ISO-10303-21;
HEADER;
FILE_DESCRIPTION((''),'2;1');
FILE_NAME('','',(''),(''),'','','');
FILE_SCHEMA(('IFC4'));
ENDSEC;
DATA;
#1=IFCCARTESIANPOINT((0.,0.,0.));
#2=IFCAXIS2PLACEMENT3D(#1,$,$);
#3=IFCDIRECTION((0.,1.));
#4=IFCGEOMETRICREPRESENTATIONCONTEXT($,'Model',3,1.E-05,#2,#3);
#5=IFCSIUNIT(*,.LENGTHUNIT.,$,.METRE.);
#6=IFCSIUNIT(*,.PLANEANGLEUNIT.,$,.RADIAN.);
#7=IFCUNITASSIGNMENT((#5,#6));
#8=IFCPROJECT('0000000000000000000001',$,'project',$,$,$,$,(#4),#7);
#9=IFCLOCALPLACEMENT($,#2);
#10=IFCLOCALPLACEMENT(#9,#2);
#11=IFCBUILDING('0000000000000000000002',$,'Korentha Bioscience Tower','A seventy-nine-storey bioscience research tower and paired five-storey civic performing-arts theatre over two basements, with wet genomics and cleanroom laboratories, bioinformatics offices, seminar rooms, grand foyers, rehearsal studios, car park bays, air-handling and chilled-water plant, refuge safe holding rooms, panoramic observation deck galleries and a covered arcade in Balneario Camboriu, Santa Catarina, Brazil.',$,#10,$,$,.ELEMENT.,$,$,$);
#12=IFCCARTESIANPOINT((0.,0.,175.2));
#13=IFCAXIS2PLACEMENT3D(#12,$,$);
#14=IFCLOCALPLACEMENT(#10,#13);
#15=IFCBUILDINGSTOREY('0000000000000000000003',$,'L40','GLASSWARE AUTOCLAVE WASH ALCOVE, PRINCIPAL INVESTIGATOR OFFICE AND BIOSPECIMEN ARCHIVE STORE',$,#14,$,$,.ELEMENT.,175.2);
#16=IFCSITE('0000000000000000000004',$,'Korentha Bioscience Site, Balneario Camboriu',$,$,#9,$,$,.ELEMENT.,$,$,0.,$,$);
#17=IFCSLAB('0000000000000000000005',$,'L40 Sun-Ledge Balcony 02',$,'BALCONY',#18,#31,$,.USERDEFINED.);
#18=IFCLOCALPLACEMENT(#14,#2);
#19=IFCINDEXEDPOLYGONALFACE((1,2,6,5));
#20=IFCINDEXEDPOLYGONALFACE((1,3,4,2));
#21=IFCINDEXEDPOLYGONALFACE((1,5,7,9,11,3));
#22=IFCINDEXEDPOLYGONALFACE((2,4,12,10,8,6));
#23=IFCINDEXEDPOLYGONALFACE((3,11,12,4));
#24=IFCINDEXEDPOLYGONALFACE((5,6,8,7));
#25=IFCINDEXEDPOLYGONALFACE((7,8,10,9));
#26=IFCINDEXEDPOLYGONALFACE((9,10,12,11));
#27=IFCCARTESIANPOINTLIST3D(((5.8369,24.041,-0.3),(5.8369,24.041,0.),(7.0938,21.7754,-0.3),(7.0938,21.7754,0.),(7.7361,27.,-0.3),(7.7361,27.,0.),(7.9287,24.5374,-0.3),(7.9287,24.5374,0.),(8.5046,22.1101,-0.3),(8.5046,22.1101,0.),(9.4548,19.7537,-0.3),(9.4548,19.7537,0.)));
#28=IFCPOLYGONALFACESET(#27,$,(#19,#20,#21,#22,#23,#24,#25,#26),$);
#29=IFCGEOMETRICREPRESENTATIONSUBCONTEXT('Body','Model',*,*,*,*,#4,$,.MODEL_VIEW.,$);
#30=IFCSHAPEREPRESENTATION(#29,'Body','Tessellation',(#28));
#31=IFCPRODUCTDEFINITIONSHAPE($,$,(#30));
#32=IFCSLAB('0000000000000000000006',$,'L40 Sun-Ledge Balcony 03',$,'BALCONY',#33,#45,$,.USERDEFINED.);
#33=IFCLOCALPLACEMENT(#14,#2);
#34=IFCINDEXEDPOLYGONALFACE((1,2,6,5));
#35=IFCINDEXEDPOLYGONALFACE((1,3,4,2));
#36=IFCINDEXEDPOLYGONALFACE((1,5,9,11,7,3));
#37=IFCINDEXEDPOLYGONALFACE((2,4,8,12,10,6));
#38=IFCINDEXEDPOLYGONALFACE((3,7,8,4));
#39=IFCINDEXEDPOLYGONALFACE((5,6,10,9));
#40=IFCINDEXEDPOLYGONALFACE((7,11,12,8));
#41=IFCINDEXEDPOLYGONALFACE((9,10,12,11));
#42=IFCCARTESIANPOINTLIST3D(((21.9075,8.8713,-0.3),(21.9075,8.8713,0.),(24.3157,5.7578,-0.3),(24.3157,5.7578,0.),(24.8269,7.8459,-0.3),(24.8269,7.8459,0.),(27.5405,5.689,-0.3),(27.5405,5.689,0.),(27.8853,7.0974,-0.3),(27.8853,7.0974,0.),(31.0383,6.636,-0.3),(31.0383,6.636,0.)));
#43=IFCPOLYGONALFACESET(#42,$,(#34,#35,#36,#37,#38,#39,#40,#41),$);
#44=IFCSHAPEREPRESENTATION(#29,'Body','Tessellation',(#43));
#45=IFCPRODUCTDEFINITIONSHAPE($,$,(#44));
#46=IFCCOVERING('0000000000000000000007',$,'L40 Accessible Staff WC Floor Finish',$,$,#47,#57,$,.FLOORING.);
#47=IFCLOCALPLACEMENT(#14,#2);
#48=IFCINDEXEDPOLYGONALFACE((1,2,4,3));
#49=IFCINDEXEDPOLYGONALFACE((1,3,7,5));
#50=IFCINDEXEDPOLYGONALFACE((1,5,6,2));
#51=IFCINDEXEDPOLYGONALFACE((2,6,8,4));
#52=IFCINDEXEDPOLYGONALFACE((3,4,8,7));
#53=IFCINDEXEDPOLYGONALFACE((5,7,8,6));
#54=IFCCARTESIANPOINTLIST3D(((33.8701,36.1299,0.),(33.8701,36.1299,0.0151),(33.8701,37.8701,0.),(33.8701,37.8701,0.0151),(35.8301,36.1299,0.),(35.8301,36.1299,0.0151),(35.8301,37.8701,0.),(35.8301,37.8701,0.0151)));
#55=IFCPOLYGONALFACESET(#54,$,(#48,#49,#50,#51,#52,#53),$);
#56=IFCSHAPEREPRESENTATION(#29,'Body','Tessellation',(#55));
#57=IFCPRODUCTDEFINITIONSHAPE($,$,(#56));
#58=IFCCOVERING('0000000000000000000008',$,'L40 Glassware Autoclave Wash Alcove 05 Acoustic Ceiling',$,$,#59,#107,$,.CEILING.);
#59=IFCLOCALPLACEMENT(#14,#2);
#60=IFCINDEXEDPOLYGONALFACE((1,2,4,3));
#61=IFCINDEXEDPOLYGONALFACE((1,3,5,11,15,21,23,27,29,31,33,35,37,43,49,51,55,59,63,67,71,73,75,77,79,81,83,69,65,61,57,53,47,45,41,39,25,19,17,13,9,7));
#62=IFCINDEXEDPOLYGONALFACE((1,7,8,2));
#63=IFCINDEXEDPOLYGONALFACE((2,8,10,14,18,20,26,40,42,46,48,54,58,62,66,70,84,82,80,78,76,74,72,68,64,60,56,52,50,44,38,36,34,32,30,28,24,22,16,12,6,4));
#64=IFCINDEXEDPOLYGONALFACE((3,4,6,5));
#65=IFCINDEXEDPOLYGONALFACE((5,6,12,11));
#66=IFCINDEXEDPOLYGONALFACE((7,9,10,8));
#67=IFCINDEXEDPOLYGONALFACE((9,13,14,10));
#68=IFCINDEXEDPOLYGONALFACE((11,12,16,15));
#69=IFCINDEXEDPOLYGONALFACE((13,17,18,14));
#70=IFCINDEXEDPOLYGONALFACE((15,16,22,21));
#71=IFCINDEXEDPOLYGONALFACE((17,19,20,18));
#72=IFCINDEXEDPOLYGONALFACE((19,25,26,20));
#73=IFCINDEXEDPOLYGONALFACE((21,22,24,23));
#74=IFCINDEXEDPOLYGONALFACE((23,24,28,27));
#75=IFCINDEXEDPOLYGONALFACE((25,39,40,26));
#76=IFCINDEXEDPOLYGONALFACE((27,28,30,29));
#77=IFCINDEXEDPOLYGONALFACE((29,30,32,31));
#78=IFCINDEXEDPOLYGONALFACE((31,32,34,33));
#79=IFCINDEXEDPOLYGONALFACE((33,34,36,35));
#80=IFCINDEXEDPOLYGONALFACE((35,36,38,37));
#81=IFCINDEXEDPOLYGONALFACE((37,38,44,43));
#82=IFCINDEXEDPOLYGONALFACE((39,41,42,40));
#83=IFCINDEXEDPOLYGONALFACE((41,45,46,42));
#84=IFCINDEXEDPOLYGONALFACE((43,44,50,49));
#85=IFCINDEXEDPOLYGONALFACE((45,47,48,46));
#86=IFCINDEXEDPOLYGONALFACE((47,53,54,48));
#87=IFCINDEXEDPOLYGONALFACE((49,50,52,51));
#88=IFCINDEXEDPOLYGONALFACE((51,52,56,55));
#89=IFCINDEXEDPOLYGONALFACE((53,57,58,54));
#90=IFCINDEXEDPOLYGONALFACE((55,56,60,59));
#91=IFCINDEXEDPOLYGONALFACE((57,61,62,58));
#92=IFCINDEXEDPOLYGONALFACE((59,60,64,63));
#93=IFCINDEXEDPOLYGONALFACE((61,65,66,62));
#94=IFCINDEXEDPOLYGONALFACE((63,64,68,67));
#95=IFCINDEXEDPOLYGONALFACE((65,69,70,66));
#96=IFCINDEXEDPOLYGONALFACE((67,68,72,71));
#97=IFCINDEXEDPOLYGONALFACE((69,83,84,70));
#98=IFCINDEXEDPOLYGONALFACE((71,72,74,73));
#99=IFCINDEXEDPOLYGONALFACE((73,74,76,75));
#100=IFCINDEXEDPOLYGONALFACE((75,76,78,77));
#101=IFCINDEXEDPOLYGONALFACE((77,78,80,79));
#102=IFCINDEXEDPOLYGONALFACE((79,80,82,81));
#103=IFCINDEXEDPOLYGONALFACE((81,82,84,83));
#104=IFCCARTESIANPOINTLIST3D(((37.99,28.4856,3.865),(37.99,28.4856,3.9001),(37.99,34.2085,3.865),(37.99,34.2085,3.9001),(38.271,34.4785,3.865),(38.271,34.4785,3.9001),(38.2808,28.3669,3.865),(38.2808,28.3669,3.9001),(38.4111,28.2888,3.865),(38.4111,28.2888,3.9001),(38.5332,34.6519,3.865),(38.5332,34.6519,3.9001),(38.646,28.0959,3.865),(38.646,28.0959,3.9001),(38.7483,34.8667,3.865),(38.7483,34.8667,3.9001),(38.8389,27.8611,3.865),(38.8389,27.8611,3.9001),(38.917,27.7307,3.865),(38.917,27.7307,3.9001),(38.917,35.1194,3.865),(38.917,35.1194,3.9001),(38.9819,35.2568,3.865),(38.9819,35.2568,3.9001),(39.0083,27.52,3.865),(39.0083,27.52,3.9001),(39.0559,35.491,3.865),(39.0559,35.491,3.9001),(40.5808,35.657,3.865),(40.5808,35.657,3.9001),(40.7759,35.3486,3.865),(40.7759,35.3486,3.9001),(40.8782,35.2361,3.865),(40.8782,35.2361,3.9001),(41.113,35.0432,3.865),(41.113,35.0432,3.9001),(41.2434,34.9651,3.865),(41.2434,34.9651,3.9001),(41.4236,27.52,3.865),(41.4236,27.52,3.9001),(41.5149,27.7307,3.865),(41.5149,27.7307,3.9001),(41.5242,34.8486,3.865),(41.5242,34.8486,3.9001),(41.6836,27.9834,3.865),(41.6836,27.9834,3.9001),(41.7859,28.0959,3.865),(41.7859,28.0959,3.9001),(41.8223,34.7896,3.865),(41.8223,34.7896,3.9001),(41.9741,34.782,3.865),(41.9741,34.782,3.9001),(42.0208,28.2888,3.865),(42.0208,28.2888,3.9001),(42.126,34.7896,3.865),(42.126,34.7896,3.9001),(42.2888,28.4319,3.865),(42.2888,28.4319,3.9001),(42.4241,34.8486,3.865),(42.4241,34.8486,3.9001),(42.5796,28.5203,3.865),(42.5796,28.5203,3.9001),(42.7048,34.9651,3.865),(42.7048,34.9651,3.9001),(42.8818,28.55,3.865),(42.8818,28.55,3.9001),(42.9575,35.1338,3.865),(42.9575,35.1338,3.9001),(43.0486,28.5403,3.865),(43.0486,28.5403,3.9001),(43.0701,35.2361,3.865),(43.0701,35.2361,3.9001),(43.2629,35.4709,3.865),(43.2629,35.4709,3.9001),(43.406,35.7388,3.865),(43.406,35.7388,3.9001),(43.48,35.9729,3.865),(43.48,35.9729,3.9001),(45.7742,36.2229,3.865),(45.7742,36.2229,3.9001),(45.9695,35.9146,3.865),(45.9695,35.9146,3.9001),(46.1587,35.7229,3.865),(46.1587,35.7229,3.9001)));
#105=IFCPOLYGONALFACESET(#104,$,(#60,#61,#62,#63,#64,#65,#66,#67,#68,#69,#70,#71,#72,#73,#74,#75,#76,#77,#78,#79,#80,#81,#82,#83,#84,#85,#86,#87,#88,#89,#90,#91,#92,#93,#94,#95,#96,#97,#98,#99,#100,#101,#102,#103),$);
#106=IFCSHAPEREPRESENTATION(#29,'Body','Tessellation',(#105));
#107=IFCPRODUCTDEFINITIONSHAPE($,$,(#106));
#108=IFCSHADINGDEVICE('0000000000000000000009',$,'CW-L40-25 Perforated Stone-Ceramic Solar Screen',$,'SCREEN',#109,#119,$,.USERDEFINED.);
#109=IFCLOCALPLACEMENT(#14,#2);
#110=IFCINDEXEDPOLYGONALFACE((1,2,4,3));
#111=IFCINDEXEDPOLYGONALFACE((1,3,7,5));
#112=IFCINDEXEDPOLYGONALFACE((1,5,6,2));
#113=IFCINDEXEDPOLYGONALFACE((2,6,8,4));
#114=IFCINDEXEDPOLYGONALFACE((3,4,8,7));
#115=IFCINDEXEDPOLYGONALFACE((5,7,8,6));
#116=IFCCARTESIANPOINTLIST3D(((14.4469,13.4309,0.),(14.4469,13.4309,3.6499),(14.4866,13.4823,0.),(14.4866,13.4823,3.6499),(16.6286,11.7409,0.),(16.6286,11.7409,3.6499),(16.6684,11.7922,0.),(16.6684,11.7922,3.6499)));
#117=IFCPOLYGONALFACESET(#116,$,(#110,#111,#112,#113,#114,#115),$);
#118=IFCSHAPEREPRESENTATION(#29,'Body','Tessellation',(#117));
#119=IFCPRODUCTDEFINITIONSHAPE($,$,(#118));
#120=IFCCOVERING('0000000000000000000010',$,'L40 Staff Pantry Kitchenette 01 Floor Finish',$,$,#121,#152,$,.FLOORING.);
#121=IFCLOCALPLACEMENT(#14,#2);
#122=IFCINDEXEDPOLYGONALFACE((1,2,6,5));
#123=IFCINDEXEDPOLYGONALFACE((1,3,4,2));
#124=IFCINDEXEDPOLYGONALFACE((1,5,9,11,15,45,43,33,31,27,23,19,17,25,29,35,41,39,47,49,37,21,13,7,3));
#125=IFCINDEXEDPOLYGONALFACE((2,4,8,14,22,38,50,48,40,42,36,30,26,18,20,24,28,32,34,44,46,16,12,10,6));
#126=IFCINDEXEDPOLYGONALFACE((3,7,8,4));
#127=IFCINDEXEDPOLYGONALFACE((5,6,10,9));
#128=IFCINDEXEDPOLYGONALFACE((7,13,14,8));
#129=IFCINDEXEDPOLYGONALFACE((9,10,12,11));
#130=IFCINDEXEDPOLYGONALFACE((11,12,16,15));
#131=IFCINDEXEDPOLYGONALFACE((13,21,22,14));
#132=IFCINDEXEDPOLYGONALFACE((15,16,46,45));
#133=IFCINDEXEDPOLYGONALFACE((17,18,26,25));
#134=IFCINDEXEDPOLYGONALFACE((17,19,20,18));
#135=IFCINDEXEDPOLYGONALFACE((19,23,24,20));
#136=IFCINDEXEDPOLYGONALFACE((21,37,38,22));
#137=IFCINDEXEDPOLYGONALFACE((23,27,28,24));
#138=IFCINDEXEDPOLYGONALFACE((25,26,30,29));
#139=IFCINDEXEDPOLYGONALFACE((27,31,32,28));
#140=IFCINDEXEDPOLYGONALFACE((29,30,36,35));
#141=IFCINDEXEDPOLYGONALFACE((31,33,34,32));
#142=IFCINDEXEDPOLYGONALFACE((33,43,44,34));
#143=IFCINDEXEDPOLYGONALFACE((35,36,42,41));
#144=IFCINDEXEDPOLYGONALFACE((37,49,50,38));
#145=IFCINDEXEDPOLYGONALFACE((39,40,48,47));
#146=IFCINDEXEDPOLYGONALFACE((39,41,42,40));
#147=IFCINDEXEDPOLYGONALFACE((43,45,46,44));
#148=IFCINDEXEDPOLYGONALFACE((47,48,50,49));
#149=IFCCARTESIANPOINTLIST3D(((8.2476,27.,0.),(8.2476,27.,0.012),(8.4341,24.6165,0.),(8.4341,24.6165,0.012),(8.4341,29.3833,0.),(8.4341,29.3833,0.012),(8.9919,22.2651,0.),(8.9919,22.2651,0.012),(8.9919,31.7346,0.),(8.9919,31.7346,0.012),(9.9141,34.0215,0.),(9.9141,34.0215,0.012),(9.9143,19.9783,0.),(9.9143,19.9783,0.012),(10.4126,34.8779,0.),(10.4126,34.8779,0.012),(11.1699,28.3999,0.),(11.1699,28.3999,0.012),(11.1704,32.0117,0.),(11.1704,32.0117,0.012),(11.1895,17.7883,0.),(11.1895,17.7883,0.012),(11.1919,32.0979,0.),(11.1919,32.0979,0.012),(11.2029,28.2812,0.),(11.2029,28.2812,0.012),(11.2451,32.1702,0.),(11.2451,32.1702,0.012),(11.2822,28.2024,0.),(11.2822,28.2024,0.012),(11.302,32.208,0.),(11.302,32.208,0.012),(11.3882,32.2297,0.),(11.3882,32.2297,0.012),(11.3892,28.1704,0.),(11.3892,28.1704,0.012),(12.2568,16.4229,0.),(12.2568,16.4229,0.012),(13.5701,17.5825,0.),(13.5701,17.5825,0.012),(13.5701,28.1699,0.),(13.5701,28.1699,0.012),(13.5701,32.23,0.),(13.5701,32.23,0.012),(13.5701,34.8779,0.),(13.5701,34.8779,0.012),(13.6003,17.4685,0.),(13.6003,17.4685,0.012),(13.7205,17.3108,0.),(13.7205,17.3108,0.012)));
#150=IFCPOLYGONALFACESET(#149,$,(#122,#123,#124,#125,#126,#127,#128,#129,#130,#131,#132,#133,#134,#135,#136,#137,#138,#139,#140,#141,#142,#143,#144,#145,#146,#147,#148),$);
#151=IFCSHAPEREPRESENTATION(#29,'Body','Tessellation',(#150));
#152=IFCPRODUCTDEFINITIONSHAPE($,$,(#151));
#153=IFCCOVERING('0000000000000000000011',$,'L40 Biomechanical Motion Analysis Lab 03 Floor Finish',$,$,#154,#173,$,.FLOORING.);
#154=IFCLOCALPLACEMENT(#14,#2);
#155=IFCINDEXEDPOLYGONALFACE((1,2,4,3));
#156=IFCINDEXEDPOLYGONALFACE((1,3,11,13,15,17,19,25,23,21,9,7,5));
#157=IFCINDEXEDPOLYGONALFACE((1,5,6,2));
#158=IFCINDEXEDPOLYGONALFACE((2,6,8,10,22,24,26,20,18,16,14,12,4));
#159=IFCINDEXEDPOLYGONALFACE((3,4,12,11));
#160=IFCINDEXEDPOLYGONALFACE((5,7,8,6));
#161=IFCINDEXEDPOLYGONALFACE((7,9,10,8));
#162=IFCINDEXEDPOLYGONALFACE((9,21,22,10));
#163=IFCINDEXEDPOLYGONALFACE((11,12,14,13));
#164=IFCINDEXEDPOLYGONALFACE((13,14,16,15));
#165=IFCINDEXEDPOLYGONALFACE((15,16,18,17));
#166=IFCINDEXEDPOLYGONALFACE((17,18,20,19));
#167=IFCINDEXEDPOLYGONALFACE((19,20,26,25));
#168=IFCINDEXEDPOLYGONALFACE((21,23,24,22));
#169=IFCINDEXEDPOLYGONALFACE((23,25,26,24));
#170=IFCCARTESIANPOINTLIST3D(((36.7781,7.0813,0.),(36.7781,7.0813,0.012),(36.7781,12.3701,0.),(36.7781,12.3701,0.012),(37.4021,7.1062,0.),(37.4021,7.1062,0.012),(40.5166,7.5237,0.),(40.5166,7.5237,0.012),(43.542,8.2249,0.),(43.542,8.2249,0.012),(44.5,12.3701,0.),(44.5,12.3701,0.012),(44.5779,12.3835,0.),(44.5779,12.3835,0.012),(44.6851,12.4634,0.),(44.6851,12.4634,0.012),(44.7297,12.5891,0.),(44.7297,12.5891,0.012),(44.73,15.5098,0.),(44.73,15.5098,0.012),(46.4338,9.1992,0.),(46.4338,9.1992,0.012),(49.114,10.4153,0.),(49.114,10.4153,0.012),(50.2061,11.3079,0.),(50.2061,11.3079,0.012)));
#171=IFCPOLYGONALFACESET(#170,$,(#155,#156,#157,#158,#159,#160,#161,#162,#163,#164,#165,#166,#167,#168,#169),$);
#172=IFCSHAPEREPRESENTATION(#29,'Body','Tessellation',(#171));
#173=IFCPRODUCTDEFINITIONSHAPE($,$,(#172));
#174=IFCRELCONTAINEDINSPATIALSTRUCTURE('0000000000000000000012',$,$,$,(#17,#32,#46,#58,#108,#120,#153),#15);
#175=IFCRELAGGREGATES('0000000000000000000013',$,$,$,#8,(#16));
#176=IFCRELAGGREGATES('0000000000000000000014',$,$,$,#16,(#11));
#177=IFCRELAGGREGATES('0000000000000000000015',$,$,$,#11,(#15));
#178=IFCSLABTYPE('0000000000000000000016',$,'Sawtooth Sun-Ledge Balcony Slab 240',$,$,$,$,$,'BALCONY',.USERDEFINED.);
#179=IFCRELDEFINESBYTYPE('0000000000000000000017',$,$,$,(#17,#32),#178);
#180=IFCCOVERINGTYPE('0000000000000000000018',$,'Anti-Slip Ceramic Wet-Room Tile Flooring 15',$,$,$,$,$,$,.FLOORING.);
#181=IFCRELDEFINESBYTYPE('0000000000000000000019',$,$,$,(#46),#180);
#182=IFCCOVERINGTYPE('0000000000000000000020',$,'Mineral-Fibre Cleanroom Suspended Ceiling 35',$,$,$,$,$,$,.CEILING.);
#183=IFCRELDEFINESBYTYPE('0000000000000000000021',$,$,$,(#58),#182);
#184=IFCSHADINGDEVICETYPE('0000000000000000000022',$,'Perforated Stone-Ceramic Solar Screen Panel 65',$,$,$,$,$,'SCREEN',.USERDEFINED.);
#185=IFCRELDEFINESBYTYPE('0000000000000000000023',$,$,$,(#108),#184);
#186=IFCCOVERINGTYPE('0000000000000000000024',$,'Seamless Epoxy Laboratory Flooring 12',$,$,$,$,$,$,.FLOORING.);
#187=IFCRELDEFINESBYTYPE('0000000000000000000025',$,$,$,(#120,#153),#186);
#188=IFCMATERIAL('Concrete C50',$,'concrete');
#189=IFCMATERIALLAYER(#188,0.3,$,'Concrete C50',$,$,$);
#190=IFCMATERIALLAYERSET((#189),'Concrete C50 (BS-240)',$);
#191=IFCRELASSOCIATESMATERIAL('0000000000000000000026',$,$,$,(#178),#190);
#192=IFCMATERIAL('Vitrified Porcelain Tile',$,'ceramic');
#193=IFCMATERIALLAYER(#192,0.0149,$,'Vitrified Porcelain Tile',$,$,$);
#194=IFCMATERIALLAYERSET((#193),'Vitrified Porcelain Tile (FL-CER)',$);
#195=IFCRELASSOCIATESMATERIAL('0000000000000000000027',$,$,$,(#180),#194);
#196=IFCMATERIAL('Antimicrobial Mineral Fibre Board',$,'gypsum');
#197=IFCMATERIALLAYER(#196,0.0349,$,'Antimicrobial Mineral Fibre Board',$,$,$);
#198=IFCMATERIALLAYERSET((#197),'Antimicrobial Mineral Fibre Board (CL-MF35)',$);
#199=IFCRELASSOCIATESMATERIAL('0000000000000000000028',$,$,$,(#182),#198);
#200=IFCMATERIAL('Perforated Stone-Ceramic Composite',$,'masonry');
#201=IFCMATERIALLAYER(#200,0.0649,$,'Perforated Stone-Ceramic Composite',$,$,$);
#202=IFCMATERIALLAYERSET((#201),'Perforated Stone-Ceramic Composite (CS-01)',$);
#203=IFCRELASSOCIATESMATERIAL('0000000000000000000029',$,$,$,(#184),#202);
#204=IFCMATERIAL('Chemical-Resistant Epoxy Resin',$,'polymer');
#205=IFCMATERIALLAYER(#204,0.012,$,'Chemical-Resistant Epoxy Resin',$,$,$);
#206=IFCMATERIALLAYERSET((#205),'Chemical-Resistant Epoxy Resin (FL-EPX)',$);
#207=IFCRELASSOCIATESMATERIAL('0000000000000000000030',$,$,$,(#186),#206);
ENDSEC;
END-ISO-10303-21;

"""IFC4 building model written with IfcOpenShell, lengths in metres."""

from ifc_helpers import new_model, si_unit, direction, frame, origin, origin_2d, place, context, subcontext, project, spatial, polyline, rectangle, outline, extrude, material, layer, layer_set, type_object, element, save


model = new_model("IFC4")

# Units and contexts
model_context = context("Model", 3, precision=1e-05, world=origin(), true_north=direction((0.0, 1.0)))
body_context = subcontext(model_context, "Body", "Model", "MODEL_VIEW")
ifc_project = project(units=[si_unit("LENGTHUNIT", "METRE"), si_unit("PLANEANGLEUNIT", "RADIAN")], contexts=[model_context])

# Site, building, storey
site_placement = place(None, origin())
site = spatial("IfcSite", under=ifc_project, at=site_placement, Name="Korentha Bioscience Site, Balneario Camboriu", CompositionType="ELEMENT", RefElevation=0.0)
building_placement = place(site_placement, origin())
building = spatial("IfcBuilding", under=site, at=building_placement, Name="Korentha Bioscience Tower", Description="A seventy-nine-storey bioscience research tower and paired five-storey civic performing-arts theatre over two basements, with wet genomics and cleanroom laboratories, bioinformatics offices, seminar rooms, grand foyers, rehearsal studios, car park bays, air-handling and chilled-water plant, refuge safe holding rooms, panoramic observation deck galleries and a covered arcade in Balneario Camboriu, Santa Catarina, Brazil.", CompositionType="ELEMENT")
storey_placement = place(building_placement, frame((0.0, 0.0, 175.2)))
storey = spatial("IfcBuildingStorey", under=building, at=storey_placement, Name="L40", Description="GLASSWARE AUTOCLAVE WASH ALCOVE, PRINCIPAL INVESTIGATOR OFFICE AND BIOSPECIMEN ARCHIVE STORE", CompositionType="ELEMENT", Elevation=175.2)

# Shared definitions
ifc_material_1 = material(Name="Concrete C50", Category="concrete")

# Slabs
ifc_layer_1 = layer(ifc_material_1, 0.3, Name="Concrete C50")
ifc_layer_set_1 = layer_set([ifc_layer_1], Name="Concrete C50 (BS-240)")
slab_type_1 = type_object("IfcSlabType", Name="Sawtooth Sun-Ledge Balcony Slab 240", ElementType="BALCONY", PredefinedType="USERDEFINED", material=ifc_layer_set_1)
slab_1_placement = place(storey_placement, frame((0.0, 0.0, -0.3)))
element("IfcSlab", 1, at=slab_1_placement, inside=storey, type_object=slab_type_1, Name="L40 Sun-Ledge Balcony 02", ObjectType="BALCONY", PredefinedType="USERDEFINED", context=body_context, shape_type="SweptSolid", body=[
    extrude(outline(polyline([(9.4548, 19.7537), (8.5046, 22.1101), (7.9287, 24.5374), (7.7361, 27.0), (5.8369, 24.041), (7.0938, 21.7754), (9.4548, 19.7537)])), origin(), (0.0, 0.0, 1.0), 0.3),
])
slab_2_placement = place(storey_placement, frame((0.0, 0.0, -0.3)))
element("IfcSlab", 2, at=slab_2_placement, inside=storey, type_object=slab_type_1, Name="L40 Sun-Ledge Balcony 03", ObjectType="BALCONY", PredefinedType="USERDEFINED", context=body_context, shape_type="SweptSolid", body=[
    extrude(outline(polyline([(31.0383, 6.636), (27.8853, 7.0974), (24.8269, 7.8459), (21.9075, 8.8713), (24.3157, 5.7578), (27.5405, 5.689), (31.0383, 6.636)])), origin(), (0.0, 0.0, 1.0), 0.3),
])

# Coverings
ifc_material_2 = material(Name="Vitrified Porcelain Tile", Category="ceramic")
ifc_layer_2 = layer(ifc_material_2, 0.0149, Name="Vitrified Porcelain Tile")
ifc_layer_set_2 = layer_set([ifc_layer_2], Name="Vitrified Porcelain Tile (FL-CER)")
covering_type_1 = type_object("IfcCoveringType", Name="Anti-Slip Ceramic Wet-Room Tile Flooring 15", PredefinedType="FLOORING", material=ifc_layer_set_2)
covering_1_placement = place(storey_placement, origin())
element("IfcCovering", 3, at=covering_1_placement, inside=storey, type_object=covering_type_1, Name="L40 Accessible Staff WC Floor Finish", PredefinedType="FLOORING", context=body_context, shape_type="SweptSolid", body=[
    extrude(outline(polyline([(33.8701, 36.1299), (33.8701, 37.8701), (35.8301, 37.8701), (35.8301, 36.1299), (33.8701, 36.1299)])), origin(), (0.0, 0.0, 1.0), 0.0151),
])
ifc_material_3 = material(Name="Antimicrobial Mineral Fibre Board", Category="gypsum")
ifc_layer_3 = layer(ifc_material_3, 0.0349, Name="Antimicrobial Mineral Fibre Board")
ifc_layer_set_3 = layer_set([ifc_layer_3], Name="Antimicrobial Mineral Fibre Board (CL-MF35)")
covering_type_2 = type_object("IfcCoveringType", Name="Mineral-Fibre Cleanroom Suspended Ceiling 35", PredefinedType="CEILING", material=ifc_layer_set_3)
covering_2_placement = place(storey_placement, frame((0.0, 0.0, 3.865)))
element("IfcCovering", 4, at=covering_2_placement, inside=storey, type_object=covering_type_2, Name="L40 Glassware Autoclave Wash Alcove 05 Acoustic Ceiling", PredefinedType="CEILING", context=body_context, shape_type="SweptSolid", body=[
    extrude(outline(polyline([(40.5808, 35.657), (40.7759, 35.3486), (40.8782, 35.2361), (41.113, 35.0432), (41.2434, 34.9651), (41.5242, 34.8486), (41.8223, 34.7896), (41.9741, 34.782), (42.126, 34.7896), (42.4241, 34.8486), (42.7048, 34.9651), (42.9575, 35.1338), (43.0701, 35.2361), (43.2629, 35.4709), (43.406, 35.7388), (43.48, 35.9729), (45.7742, 36.2229), (45.9695, 35.9146), (46.1587, 35.7229), (43.0486, 28.5403), (42.8818, 28.55), (42.5796, 28.5203), (42.2888, 28.4319), (42.0208, 28.2888), (41.7859, 28.0959), (41.6836, 27.9834), (41.5149, 27.7307), (41.4236, 27.52), (39.0083, 27.52), (38.917, 27.7307), (38.8389, 27.8611), (38.646, 28.0959), (38.4111, 28.2888), (38.2808, 28.3669), (37.99, 28.4856), (37.99, 34.2085), (38.271, 34.4785), (38.5332, 34.6519), (38.7483, 34.8667), (38.917, 35.1194), (38.9819, 35.2568), (39.0559, 35.491), (40.5808, 35.657)])), origin(), (0.0, 0.0, 1.0), 0.0352),
])

# Shading device
ifc_material_4 = material(Name="Perforated Stone-Ceramic Composite", Category="masonry")
ifc_layer_4 = layer(ifc_material_4, 0.0649, Name="Perforated Stone-Ceramic Composite")
ifc_layer_set_4 = layer_set([ifc_layer_4], Name="Perforated Stone-Ceramic Composite (CS-01)")
shading_device_type_1 = type_object("IfcShadingDeviceType", Name="Perforated Stone-Ceramic Solar Screen Panel 65", ElementType="SCREEN", PredefinedType="USERDEFINED", material=ifc_layer_set_4)
shading_device_1_placement = place(storey_placement, frame((15.5576, 12.6116, 0.0), z_axis=(0.0, 0.0, 1.0), x_axis=(0.790547, -0.612402, 0.0)))
element("IfcShadingDevice", 5, at=shading_device_1_placement, inside=storey, type_object=shading_device_type_1, Name="CW-L40-25 Perforated Stone-Ceramic Solar Screen", ObjectType="SCREEN", PredefinedType="USERDEFINED", context=body_context, shape_type="SweptSolid", body=[
    extrude(rectangle(XDim=2.7598, YDim=0.0649, at=origin_2d()), origin(), (0.0, 0.0, 1.0), 3.6499),
])

# Coverings
ifc_material_5 = material(Name="Chemical-Resistant Epoxy Resin", Category="polymer")
ifc_layer_5 = layer(ifc_material_5, 0.012, Name="Chemical-Resistant Epoxy Resin")
ifc_layer_set_5 = layer_set([ifc_layer_5], Name="Chemical-Resistant Epoxy Resin (FL-EPX)")
covering_type_3 = type_object("IfcCoveringType", Name="Seamless Epoxy Laboratory Flooring 12", PredefinedType="FLOORING", material=ifc_layer_set_5)
covering_3_placement = place(storey_placement, origin())
element("IfcCovering", 6, at=covering_3_placement, inside=storey, type_object=covering_type_3, Name="L40 Staff Pantry Kitchenette 01 Floor Finish", PredefinedType="FLOORING", context=body_context, shape_type="SweptSolid", body=[
    extrude(outline(polyline([(8.4341, 29.3833), (8.9919, 31.7346), (9.9141, 34.0215), (10.4126, 34.8779), (13.5701, 34.8779), (13.5701, 32.23), (11.3882, 32.2297), (11.302, 32.208), (11.2451, 32.1702), (11.1919, 32.0979), (11.1704, 32.0117), (11.1699, 28.3999), (11.2029, 28.2812), (11.2822, 28.2024), (11.3892, 28.1704), (13.5701, 28.1699), (13.5701, 17.5825), (13.6003, 17.4685), (13.7205, 17.3108), (12.2568, 16.4229), (11.1895, 17.7883), (9.9143, 19.9783), (8.9919, 22.2651), (8.4341, 24.6165), (8.2476, 27.0), (8.4341, 29.3833)])), origin(), (0.0, 0.0, 1.0), 0.012),
])
covering_4_placement = place(storey_placement, origin())
element("IfcCovering", 7, at=covering_4_placement, inside=storey, type_object=covering_type_3, Name="L40 Biomechanical Motion Analysis Lab 03 Floor Finish", PredefinedType="FLOORING", context=body_context, shape_type="SweptSolid", body=[
    extrude(outline(polyline([(43.542, 8.2249), (40.5166, 7.5237), (37.4021, 7.1062), (36.7781, 7.0813), (36.7781, 12.3701), (44.5, 12.3701), (44.5779, 12.3835), (44.6851, 12.4634), (44.7297, 12.5891), (44.73, 15.5098), (50.2061, 11.3079), (49.114, 10.4153), (46.4338, 9.1992), (43.542, 8.2249)])), origin(), (0.0, 0.0, 1.0), 0.012),
])

save(model, "model.ifc")
